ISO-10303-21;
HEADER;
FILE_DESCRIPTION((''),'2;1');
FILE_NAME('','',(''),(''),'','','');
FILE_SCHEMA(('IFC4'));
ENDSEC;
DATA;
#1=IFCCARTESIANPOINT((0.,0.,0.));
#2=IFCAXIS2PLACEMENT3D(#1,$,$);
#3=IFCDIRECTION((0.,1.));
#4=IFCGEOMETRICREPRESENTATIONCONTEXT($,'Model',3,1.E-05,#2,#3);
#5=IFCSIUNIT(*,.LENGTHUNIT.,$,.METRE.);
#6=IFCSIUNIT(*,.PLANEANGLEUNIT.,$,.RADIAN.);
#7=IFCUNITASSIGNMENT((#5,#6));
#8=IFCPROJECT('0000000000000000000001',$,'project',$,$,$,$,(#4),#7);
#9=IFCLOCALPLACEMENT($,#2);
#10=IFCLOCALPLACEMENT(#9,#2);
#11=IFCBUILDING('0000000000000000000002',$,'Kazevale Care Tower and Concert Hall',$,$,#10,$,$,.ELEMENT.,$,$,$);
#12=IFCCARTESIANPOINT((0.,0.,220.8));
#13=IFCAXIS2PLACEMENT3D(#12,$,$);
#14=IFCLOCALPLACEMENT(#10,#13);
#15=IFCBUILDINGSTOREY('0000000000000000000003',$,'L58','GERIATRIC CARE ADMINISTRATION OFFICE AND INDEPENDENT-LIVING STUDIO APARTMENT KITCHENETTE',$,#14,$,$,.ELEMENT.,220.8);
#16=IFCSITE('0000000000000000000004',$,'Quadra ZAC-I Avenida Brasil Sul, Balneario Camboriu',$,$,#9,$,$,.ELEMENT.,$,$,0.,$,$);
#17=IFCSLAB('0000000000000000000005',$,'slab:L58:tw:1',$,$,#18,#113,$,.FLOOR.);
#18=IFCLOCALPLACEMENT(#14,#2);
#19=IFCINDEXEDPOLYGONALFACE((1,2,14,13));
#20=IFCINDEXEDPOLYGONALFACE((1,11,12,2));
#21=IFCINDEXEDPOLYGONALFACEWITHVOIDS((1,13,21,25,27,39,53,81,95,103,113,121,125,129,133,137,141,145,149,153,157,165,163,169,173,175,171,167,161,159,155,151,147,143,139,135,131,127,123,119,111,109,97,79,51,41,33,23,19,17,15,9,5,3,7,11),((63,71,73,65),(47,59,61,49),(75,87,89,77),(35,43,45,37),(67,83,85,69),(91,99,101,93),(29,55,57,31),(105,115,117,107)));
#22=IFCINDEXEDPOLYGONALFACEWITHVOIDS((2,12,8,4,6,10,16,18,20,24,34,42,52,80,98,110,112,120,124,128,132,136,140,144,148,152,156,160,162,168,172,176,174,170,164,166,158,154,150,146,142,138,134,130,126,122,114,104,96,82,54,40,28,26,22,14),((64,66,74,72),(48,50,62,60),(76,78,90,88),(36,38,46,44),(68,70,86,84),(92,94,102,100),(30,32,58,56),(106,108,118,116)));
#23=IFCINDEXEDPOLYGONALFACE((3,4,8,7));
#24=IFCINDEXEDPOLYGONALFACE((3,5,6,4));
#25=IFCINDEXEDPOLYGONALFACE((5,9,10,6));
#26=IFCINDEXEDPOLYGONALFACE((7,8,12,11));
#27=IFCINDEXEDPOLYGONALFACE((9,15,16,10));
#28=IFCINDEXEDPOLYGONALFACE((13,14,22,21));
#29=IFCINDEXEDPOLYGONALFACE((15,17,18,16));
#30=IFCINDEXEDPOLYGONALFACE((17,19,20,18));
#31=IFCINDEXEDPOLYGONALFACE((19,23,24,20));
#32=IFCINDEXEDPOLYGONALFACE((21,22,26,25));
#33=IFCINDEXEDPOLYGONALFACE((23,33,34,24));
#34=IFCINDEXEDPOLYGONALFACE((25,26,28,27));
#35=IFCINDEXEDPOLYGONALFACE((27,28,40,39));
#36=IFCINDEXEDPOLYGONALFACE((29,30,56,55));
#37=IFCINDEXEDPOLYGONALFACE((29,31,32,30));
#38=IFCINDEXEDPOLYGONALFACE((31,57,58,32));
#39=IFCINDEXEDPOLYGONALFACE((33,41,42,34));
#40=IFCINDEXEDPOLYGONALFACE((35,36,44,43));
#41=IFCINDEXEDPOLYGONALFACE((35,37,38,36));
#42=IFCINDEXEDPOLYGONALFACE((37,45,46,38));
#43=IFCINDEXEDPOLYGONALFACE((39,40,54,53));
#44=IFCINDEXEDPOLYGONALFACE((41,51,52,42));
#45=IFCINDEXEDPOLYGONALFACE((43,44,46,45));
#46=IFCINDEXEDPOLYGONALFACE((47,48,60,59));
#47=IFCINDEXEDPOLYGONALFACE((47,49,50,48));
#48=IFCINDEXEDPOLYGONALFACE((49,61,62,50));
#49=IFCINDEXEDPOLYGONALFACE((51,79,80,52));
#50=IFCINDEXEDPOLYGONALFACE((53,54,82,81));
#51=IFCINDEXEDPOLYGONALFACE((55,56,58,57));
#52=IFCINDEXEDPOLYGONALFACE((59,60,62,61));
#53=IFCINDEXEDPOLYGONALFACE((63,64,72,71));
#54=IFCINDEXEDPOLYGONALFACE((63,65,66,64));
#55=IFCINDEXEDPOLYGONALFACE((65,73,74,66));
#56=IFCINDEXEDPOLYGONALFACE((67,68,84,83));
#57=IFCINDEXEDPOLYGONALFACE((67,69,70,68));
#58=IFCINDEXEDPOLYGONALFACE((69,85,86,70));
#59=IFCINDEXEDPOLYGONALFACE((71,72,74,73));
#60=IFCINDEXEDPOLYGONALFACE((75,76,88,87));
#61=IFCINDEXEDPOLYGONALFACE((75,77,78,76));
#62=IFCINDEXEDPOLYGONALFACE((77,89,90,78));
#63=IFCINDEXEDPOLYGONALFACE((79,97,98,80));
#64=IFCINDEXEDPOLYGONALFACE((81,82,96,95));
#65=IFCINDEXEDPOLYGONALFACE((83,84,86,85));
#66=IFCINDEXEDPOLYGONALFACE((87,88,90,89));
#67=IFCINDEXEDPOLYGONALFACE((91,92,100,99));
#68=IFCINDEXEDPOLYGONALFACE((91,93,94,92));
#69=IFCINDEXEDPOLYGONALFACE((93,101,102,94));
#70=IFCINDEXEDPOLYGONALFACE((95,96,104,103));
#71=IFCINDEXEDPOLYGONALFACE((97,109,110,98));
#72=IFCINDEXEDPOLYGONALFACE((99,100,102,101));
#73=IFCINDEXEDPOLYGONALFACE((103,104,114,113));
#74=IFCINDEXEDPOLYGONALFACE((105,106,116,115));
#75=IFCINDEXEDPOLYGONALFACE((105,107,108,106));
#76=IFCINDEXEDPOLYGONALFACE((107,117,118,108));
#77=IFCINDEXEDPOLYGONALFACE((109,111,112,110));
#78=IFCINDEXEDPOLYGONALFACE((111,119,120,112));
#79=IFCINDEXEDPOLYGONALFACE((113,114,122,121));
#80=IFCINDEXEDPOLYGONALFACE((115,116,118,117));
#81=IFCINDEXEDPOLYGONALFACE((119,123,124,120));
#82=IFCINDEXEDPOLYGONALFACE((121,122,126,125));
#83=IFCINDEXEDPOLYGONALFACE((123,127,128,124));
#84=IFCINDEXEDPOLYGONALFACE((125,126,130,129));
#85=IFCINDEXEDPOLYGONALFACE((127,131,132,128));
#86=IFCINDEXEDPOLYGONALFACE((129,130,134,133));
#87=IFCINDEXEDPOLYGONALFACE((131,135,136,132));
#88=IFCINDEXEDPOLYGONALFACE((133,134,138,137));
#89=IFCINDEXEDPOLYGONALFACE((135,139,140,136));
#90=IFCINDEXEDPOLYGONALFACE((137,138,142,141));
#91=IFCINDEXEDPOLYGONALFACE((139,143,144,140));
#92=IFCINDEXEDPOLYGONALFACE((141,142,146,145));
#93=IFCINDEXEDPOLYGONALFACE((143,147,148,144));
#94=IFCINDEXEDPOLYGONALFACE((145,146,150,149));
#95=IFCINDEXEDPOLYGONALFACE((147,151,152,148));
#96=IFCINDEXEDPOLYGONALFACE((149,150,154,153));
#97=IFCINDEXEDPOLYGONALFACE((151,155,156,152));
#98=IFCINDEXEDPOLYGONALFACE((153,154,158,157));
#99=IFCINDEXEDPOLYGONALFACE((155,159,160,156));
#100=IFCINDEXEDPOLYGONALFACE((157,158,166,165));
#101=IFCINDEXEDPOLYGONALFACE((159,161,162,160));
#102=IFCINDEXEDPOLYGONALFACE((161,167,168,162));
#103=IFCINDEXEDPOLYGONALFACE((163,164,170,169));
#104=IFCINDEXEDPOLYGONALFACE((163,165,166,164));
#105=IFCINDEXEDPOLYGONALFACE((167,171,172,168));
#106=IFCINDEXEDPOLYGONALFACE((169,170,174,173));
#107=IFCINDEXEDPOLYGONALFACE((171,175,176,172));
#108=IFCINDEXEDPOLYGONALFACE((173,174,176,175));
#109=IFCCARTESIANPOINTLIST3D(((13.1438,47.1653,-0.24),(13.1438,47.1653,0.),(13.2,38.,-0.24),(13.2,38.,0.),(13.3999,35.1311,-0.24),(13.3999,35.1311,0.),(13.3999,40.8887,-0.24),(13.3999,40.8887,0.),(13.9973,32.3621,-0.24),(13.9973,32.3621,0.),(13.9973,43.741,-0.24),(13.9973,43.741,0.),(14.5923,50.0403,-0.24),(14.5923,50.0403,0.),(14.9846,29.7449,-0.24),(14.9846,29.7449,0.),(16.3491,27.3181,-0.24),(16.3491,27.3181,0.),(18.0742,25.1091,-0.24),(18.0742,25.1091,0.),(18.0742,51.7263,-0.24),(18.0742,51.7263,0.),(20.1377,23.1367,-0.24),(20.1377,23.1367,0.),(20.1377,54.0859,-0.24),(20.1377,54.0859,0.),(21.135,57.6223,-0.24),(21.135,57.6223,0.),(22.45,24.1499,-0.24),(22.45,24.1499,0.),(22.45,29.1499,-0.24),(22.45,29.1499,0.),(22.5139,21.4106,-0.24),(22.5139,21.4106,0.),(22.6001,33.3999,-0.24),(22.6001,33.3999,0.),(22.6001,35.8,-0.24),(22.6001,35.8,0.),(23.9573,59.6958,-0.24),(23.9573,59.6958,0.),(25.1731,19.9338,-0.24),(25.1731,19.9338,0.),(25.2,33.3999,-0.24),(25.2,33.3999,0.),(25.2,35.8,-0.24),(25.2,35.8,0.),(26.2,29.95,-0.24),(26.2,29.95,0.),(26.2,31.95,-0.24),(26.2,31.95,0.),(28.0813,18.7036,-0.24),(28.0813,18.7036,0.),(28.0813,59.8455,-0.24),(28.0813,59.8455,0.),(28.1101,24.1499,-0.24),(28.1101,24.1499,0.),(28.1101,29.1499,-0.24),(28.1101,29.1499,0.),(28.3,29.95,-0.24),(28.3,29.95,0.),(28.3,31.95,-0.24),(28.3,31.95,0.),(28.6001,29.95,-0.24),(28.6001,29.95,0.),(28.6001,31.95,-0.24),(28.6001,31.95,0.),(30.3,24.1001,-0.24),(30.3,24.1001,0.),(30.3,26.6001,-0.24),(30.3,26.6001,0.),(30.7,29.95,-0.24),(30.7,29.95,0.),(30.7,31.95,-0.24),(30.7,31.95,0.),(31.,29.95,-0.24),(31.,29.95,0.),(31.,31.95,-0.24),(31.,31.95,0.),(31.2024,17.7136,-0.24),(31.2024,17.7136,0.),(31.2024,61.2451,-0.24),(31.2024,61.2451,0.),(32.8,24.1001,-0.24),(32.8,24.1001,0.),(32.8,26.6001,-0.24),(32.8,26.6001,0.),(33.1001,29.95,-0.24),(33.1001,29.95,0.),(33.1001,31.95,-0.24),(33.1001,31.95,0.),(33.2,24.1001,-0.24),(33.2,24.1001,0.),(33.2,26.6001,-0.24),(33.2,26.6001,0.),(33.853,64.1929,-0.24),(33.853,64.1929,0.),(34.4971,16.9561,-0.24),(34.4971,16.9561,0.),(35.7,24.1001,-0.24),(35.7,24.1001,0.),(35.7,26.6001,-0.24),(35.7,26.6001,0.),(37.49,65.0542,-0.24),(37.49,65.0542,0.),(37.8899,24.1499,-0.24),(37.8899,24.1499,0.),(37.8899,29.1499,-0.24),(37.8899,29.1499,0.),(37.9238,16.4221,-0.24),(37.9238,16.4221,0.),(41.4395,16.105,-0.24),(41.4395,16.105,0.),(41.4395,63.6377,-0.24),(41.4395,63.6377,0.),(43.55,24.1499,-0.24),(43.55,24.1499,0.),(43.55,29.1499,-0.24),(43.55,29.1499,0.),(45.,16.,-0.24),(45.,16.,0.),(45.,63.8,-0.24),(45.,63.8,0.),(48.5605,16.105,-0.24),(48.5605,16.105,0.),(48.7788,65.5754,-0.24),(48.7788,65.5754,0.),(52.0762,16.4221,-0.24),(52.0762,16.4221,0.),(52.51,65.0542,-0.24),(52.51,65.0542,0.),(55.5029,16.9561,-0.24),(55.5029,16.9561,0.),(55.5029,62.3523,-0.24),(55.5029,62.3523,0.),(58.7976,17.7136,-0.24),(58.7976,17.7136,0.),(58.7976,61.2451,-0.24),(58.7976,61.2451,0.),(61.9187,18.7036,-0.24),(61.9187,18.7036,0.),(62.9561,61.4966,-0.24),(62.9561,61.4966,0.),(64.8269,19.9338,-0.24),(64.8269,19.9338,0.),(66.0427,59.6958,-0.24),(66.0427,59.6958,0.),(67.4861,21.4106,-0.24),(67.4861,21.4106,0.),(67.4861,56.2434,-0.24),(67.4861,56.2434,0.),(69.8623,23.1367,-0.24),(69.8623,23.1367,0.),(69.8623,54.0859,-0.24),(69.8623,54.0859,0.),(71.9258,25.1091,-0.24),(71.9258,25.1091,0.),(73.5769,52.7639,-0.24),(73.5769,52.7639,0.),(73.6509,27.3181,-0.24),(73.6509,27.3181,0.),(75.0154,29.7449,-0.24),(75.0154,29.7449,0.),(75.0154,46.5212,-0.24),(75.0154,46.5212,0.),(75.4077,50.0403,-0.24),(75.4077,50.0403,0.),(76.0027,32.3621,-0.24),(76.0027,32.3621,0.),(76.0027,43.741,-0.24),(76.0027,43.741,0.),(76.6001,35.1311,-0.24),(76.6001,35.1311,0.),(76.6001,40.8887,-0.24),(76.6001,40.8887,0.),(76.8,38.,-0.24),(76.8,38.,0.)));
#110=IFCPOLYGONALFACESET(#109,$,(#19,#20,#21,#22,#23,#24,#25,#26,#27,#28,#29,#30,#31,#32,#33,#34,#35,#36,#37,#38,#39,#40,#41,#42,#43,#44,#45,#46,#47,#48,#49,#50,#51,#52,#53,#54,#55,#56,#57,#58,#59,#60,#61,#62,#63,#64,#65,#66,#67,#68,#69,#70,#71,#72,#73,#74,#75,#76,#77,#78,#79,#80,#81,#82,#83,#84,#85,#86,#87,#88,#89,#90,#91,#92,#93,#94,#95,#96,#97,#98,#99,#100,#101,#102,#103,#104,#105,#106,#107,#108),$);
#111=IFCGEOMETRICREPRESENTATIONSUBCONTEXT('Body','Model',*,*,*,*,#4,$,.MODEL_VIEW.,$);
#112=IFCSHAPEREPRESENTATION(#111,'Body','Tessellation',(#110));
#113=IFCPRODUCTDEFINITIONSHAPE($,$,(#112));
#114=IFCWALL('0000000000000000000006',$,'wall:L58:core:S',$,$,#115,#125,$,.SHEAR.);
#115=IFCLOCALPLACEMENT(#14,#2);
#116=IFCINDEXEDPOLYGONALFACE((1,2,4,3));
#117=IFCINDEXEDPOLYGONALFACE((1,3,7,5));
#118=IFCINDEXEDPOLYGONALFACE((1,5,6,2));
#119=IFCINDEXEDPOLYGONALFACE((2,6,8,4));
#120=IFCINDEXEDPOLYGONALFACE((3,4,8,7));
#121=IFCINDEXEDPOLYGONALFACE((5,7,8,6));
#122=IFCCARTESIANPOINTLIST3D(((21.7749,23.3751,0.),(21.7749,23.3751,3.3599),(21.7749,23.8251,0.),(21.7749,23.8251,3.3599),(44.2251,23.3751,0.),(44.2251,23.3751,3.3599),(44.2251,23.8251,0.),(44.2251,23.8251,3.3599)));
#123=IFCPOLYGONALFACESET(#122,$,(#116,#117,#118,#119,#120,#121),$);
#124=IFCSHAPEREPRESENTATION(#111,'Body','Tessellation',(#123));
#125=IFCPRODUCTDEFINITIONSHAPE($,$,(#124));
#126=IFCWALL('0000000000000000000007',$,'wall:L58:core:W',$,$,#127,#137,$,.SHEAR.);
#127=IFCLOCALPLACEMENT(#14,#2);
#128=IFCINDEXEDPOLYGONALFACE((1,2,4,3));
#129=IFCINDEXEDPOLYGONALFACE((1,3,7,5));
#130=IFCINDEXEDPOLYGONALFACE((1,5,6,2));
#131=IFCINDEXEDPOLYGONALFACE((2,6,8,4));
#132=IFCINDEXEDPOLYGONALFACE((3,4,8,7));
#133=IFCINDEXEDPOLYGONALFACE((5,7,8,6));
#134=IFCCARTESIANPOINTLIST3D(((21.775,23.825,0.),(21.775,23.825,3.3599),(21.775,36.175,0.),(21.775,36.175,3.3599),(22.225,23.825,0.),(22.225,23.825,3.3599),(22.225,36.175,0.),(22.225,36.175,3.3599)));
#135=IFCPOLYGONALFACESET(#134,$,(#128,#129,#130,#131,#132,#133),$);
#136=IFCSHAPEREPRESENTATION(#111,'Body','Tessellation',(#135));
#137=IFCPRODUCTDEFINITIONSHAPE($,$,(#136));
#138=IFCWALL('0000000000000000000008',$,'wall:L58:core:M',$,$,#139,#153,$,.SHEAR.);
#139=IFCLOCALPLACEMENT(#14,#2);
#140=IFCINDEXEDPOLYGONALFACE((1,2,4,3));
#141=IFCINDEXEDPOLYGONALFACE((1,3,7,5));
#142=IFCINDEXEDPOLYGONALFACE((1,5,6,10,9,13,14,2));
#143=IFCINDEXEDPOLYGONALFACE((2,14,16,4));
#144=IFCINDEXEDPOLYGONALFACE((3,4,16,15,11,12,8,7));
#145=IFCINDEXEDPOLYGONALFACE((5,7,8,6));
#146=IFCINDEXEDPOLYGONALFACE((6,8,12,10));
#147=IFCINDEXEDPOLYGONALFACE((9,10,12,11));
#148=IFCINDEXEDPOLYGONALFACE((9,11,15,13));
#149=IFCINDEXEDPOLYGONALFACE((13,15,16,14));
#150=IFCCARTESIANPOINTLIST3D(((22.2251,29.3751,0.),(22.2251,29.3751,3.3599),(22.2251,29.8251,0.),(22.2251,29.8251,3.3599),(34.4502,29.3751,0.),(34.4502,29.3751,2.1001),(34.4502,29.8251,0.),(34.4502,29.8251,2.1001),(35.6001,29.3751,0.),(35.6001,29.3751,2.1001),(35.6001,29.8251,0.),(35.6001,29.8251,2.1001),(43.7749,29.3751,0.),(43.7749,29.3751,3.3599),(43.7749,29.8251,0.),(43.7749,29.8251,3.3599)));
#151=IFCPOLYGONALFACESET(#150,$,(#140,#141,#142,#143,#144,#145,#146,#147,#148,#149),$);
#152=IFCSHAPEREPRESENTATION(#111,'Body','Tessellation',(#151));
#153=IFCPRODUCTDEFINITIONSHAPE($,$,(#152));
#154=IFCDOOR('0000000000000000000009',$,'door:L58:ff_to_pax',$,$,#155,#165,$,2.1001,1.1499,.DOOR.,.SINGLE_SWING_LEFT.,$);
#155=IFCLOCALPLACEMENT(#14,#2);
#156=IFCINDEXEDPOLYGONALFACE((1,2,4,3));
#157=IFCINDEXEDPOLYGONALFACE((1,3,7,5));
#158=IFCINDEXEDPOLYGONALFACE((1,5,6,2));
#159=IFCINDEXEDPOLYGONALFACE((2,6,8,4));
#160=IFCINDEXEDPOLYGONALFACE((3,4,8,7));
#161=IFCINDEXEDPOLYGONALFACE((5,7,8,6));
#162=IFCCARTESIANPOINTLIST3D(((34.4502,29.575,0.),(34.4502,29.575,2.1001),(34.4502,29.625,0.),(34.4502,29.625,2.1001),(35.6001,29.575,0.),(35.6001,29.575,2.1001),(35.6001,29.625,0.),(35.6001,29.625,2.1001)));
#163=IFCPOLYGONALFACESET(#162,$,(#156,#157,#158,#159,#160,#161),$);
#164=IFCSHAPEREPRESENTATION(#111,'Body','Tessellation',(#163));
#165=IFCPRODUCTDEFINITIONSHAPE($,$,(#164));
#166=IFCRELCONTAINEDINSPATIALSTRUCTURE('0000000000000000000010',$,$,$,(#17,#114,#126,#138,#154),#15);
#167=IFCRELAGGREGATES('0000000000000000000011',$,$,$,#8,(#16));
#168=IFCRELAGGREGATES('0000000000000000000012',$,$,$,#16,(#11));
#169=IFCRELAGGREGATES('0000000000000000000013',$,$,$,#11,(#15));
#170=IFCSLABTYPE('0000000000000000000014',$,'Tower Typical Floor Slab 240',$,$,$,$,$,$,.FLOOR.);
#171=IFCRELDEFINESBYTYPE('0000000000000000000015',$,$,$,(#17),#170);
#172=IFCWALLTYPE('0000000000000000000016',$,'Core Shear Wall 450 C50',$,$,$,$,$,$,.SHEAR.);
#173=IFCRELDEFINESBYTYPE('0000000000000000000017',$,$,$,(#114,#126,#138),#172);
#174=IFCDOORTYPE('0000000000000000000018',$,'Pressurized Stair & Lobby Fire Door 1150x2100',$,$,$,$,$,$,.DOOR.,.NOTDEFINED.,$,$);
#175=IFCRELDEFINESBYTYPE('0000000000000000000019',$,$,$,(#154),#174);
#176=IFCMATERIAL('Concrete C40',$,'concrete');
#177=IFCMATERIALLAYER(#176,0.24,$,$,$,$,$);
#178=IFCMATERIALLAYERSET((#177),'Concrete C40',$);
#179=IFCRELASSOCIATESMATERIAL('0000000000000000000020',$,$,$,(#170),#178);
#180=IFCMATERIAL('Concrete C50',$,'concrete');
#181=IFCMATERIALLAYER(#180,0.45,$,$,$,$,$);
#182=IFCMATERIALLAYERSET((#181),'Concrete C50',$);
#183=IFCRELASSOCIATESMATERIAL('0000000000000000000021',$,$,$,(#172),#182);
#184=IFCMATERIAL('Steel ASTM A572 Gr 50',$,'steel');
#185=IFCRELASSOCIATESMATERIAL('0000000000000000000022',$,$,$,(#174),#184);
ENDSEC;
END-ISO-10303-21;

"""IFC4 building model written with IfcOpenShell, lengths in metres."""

from ifc_helpers import new_model, si_unit, direction, frame, frame_2d, origin, place, context, subcontext, project, spatial, polyline, rectangle, outline, extrude, material, layer, layer_set, type_object, element, fill, save


model = new_model("IFC4")

# Units and contexts
model_context = context("Model", 3, precision=1e-05, world=origin(), true_north=direction((0.0, 1.0)))
body_context = subcontext(model_context, "Body", "Model", "MODEL_VIEW")
ifc_project = project(units=[si_unit("LENGTHUNIT", "METRE"), si_unit("PLANEANGLEUNIT", "RADIAN")], contexts=[model_context])

# Site, building, storey
site_placement = place(None, origin())
site = spatial("IfcSite", under=ifc_project, at=site_placement, Name="Quadra ZAC-I Avenida Brasil Sul, Balneario Camboriu", CompositionType="ELEMENT", RefElevation=0.0)
building_placement = place(site_placement, origin())
building = spatial("IfcBuilding", under=site, at=building_placement, Name="Kazevale Care Tower and Concert Hall", CompositionType="ELEMENT")
storey_placement = place(building_placement, frame((0.0, 0.0, 220.8)))
storey = spatial("IfcBuildingStorey", under=building, at=storey_placement, Name="L58", Description="GERIATRIC CARE ADMINISTRATION OFFICE AND INDEPENDENT-LIVING STUDIO APARTMENT KITCHENETTE", CompositionType="ELEMENT", Elevation=220.8)

# Shared definitions
ifc_material_1 = material(Name="Concrete C50", Category="concrete")

# Shared definitions
ifc_material_2 = material(Name="Steel ASTM A572 Gr 50", Category="steel")

# Shared definitions
ifc_material_3 = material(Name="Concrete C40", Category="concrete")

# Slab
ifc_layer_1 = layer(ifc_material_3, 0.24)
ifc_layer_set_1 = layer_set([ifc_layer_1], Name="Concrete C40")
slab_type_1 = type_object("IfcSlabType", Name="Tower Typical Floor Slab 240", PredefinedType="FLOOR", material=ifc_layer_set_1)
slab_1_placement = place(storey_placement, frame((0.0, 0.0, -0.24)))
element("IfcSlab", 1, at=slab_1_placement, inside=storey, type_object=slab_type_1, Name="slab:L58:tw:1", PredefinedType="FLOOR", context=body_context, shape_type="SweptSolid", body=[
    extrude(outline(polyline([(76.8, 38.0), (76.6001, 40.8887), (76.0027, 43.741), (75.0154, 46.5212), (75.4077, 50.0403), (73.5769, 52.7639), (69.8623, 54.0859), (67.4861, 56.2434), (66.0427, 59.6958), (62.9561, 61.4966), (58.7976, 61.2451), (55.5029, 62.3523), (52.51, 65.0542), (48.7788, 65.5754), (45.0, 63.8), (41.4395, 63.6377), (37.49, 65.0542), (33.853, 64.1929), (31.2024, 61.2451), (28.0813, 59.8455), (23.9573, 59.6958), (21.135, 57.6223), (20.1377, 54.0859), (18.0742, 51.7263), (14.5923, 50.0403), (13.1438, 47.1653), (13.9973, 43.741), (13.3999, 40.8887), (13.2, 38.0), (13.3999, 35.1311), (13.9973, 32.3621), (14.9846, 29.7449), (16.3491, 27.3181), (18.0742, 25.1091), (20.1377, 23.1367), (22.5139, 21.4106), (25.1731, 19.9338), (28.0813, 18.7036), (31.2024, 17.7136), (34.4971, 16.9561), (37.9238, 16.4221), (41.4395, 16.105), (45.0, 16.0), (48.5605, 16.105), (52.0762, 16.4221), (55.5029, 16.9561), (58.7976, 17.7136), (61.9187, 18.7036), (64.8269, 19.9338), (67.4861, 21.4106), (69.8623, 23.1367), (71.9258, 25.1091), (73.6509, 27.3181), (75.0154, 29.7449), (76.0027, 32.3621), (76.6001, 35.1311), (76.8, 38.0)]), holes=[polyline([(22.45, 24.1499), (28.1101, 24.1499), (28.1101, 29.1499), (22.45, 29.1499), (22.45, 24.1499)]), polyline([(37.8899, 24.1499), (43.55, 24.1499), (43.55, 29.1499), (37.8899, 29.1499), (37.8899, 24.1499)]), polyline([(30.3, 24.1001), (32.8, 24.1001), (32.8, 26.6001), (30.3, 26.6001), (30.3, 24.1001)]), polyline([(33.2, 24.1001), (35.7, 24.1001), (35.7, 26.6001), (33.2, 26.6001), (33.2, 24.1001)]), polyline([(22.6001, 33.3999), (25.2, 33.3999), (25.2, 35.8), (22.6001, 35.8), (22.6001, 33.3999)]), polyline([(26.2, 29.95), (28.3, 29.95), (28.3, 31.95), (26.2, 31.95), (26.2, 29.95)]), polyline([(28.6001, 29.95), (30.7, 29.95), (30.7, 31.95), (28.6001, 31.95), (28.6001, 29.95)]), polyline([(31.0, 29.95), (33.1001, 29.95), (33.1001, 31.95), (31.0, 31.95), (31.0, 29.95)])]), origin(), (0.0, 0.0, 1.0), 0.24),
])

# Walls
ifc_layer_2 = layer(ifc_material_1, 0.45)
ifc_layer_set_2 = layer_set([ifc_layer_2], Name="Concrete C50")
wall_type_1 = type_object("IfcWallType", Name="Core Shear Wall 450 C50", PredefinedType="SHEAR", material=ifc_layer_set_2)
wall_1_placement = place(storey_placement, frame((21.7749, 23.6001, 0.0), z_axis=(0.0, 0.0, 1.0), x_axis=(1.0, 0.0, 0.0)))
element("IfcWall", 2, at=wall_1_placement, inside=storey, type_object=wall_type_1, Name="wall:L58:core:S", PredefinedType="SHEAR", context=body_context, shape_type="SweptSolid", body=[
    extrude(rectangle(XDim=22.4502, YDim=0.45, at=frame_2d((11.2251, 0.0))), origin(), (0.0, 0.0, 1.0), 3.3599),
])
wall_2_placement = place(storey_placement, frame((22.0, 23.825, 0.0), z_axis=(0.0, 0.0, 1.0), x_axis=(0.0, 1.0, 0.0)))
element("IfcWall", 3, at=wall_2_placement, inside=storey, type_object=wall_type_1, Name="wall:L58:core:W", PredefinedType="SHEAR", context=body_context, shape_type="SweptSolid", body=[
    extrude(rectangle(XDim=12.3501, YDim=0.45, at=frame_2d((6.175, 0.0))), origin(), (0.0, 0.0, 1.0), 3.3599),
])

# Wall, opening, door
wall_3_placement = place(storey_placement, frame((22.2251, 29.6001, 0.0), z_axis=(0.0, 0.0, 1.0), x_axis=(1.0, 0.0, 0.0)))
wall_3 = element("IfcWall", 4, at=wall_3_placement, inside=storey, type_object=wall_type_1, Name="wall:L58:core:M", PredefinedType="SHEAR", context=body_context, shape_type="SweptSolid", body=[
    extrude(rectangle(XDim=21.5498, YDim=0.45, at=frame_2d((10.7749, 0.0))), origin(), (0.0, 0.0, 1.0), 3.3599),
])
opening_1_placement = place(wall_3_placement, frame((12.2251, 0.0, 0.0)))
opening_1 = element("IfcOpeningElement", 5, at=opening_1_placement, cuts=wall_3, PredefinedType="OPENING", context=body_context, shape_type="SweptSolid", body=[
    extrude(rectangle(XDim=1.1499, YDim=2.1001, at=frame_2d((0.575, 1.05))), frame((0.0, 0.2349, 0.0), z_axis=(0.0, -1.0, 0.0), x_axis=(1.0, 0.0, 0.0)), (0.0, 0.0, 1.0), 0.47),
])
door_type_1 = type_object("IfcDoorType", Name="Pressurized Stair & Lobby Fire Door 1150x2100", OperationType="NOTDEFINED", PredefinedType="DOOR", material=ifc_material_2)
door_1_placement = place(opening_1_placement, origin())
door_1 = element("IfcDoor", 6, at=door_1_placement, inside=storey, type_object=door_type_1, Name="door:L58:ff_to_pax", OperationType="SINGLE_SWING_LEFT", OverallHeight=2.1001, OverallWidth=1.1499, PredefinedType="DOOR", context=body_context, shape_type="SweptSolid", body=[
    extrude(rectangle(XDim=1.1499, YDim=2.1001, at=frame_2d((0.575, 1.05))), frame((0.0, 0.0249, 0.0), z_axis=(0.0, -1.0, 0.0), x_axis=(1.0, 0.0, 0.0)), (0.0, 0.0, 1.0), 0.05),
])
fill(opening_1, door_1)

save(model, "model.ifc")
